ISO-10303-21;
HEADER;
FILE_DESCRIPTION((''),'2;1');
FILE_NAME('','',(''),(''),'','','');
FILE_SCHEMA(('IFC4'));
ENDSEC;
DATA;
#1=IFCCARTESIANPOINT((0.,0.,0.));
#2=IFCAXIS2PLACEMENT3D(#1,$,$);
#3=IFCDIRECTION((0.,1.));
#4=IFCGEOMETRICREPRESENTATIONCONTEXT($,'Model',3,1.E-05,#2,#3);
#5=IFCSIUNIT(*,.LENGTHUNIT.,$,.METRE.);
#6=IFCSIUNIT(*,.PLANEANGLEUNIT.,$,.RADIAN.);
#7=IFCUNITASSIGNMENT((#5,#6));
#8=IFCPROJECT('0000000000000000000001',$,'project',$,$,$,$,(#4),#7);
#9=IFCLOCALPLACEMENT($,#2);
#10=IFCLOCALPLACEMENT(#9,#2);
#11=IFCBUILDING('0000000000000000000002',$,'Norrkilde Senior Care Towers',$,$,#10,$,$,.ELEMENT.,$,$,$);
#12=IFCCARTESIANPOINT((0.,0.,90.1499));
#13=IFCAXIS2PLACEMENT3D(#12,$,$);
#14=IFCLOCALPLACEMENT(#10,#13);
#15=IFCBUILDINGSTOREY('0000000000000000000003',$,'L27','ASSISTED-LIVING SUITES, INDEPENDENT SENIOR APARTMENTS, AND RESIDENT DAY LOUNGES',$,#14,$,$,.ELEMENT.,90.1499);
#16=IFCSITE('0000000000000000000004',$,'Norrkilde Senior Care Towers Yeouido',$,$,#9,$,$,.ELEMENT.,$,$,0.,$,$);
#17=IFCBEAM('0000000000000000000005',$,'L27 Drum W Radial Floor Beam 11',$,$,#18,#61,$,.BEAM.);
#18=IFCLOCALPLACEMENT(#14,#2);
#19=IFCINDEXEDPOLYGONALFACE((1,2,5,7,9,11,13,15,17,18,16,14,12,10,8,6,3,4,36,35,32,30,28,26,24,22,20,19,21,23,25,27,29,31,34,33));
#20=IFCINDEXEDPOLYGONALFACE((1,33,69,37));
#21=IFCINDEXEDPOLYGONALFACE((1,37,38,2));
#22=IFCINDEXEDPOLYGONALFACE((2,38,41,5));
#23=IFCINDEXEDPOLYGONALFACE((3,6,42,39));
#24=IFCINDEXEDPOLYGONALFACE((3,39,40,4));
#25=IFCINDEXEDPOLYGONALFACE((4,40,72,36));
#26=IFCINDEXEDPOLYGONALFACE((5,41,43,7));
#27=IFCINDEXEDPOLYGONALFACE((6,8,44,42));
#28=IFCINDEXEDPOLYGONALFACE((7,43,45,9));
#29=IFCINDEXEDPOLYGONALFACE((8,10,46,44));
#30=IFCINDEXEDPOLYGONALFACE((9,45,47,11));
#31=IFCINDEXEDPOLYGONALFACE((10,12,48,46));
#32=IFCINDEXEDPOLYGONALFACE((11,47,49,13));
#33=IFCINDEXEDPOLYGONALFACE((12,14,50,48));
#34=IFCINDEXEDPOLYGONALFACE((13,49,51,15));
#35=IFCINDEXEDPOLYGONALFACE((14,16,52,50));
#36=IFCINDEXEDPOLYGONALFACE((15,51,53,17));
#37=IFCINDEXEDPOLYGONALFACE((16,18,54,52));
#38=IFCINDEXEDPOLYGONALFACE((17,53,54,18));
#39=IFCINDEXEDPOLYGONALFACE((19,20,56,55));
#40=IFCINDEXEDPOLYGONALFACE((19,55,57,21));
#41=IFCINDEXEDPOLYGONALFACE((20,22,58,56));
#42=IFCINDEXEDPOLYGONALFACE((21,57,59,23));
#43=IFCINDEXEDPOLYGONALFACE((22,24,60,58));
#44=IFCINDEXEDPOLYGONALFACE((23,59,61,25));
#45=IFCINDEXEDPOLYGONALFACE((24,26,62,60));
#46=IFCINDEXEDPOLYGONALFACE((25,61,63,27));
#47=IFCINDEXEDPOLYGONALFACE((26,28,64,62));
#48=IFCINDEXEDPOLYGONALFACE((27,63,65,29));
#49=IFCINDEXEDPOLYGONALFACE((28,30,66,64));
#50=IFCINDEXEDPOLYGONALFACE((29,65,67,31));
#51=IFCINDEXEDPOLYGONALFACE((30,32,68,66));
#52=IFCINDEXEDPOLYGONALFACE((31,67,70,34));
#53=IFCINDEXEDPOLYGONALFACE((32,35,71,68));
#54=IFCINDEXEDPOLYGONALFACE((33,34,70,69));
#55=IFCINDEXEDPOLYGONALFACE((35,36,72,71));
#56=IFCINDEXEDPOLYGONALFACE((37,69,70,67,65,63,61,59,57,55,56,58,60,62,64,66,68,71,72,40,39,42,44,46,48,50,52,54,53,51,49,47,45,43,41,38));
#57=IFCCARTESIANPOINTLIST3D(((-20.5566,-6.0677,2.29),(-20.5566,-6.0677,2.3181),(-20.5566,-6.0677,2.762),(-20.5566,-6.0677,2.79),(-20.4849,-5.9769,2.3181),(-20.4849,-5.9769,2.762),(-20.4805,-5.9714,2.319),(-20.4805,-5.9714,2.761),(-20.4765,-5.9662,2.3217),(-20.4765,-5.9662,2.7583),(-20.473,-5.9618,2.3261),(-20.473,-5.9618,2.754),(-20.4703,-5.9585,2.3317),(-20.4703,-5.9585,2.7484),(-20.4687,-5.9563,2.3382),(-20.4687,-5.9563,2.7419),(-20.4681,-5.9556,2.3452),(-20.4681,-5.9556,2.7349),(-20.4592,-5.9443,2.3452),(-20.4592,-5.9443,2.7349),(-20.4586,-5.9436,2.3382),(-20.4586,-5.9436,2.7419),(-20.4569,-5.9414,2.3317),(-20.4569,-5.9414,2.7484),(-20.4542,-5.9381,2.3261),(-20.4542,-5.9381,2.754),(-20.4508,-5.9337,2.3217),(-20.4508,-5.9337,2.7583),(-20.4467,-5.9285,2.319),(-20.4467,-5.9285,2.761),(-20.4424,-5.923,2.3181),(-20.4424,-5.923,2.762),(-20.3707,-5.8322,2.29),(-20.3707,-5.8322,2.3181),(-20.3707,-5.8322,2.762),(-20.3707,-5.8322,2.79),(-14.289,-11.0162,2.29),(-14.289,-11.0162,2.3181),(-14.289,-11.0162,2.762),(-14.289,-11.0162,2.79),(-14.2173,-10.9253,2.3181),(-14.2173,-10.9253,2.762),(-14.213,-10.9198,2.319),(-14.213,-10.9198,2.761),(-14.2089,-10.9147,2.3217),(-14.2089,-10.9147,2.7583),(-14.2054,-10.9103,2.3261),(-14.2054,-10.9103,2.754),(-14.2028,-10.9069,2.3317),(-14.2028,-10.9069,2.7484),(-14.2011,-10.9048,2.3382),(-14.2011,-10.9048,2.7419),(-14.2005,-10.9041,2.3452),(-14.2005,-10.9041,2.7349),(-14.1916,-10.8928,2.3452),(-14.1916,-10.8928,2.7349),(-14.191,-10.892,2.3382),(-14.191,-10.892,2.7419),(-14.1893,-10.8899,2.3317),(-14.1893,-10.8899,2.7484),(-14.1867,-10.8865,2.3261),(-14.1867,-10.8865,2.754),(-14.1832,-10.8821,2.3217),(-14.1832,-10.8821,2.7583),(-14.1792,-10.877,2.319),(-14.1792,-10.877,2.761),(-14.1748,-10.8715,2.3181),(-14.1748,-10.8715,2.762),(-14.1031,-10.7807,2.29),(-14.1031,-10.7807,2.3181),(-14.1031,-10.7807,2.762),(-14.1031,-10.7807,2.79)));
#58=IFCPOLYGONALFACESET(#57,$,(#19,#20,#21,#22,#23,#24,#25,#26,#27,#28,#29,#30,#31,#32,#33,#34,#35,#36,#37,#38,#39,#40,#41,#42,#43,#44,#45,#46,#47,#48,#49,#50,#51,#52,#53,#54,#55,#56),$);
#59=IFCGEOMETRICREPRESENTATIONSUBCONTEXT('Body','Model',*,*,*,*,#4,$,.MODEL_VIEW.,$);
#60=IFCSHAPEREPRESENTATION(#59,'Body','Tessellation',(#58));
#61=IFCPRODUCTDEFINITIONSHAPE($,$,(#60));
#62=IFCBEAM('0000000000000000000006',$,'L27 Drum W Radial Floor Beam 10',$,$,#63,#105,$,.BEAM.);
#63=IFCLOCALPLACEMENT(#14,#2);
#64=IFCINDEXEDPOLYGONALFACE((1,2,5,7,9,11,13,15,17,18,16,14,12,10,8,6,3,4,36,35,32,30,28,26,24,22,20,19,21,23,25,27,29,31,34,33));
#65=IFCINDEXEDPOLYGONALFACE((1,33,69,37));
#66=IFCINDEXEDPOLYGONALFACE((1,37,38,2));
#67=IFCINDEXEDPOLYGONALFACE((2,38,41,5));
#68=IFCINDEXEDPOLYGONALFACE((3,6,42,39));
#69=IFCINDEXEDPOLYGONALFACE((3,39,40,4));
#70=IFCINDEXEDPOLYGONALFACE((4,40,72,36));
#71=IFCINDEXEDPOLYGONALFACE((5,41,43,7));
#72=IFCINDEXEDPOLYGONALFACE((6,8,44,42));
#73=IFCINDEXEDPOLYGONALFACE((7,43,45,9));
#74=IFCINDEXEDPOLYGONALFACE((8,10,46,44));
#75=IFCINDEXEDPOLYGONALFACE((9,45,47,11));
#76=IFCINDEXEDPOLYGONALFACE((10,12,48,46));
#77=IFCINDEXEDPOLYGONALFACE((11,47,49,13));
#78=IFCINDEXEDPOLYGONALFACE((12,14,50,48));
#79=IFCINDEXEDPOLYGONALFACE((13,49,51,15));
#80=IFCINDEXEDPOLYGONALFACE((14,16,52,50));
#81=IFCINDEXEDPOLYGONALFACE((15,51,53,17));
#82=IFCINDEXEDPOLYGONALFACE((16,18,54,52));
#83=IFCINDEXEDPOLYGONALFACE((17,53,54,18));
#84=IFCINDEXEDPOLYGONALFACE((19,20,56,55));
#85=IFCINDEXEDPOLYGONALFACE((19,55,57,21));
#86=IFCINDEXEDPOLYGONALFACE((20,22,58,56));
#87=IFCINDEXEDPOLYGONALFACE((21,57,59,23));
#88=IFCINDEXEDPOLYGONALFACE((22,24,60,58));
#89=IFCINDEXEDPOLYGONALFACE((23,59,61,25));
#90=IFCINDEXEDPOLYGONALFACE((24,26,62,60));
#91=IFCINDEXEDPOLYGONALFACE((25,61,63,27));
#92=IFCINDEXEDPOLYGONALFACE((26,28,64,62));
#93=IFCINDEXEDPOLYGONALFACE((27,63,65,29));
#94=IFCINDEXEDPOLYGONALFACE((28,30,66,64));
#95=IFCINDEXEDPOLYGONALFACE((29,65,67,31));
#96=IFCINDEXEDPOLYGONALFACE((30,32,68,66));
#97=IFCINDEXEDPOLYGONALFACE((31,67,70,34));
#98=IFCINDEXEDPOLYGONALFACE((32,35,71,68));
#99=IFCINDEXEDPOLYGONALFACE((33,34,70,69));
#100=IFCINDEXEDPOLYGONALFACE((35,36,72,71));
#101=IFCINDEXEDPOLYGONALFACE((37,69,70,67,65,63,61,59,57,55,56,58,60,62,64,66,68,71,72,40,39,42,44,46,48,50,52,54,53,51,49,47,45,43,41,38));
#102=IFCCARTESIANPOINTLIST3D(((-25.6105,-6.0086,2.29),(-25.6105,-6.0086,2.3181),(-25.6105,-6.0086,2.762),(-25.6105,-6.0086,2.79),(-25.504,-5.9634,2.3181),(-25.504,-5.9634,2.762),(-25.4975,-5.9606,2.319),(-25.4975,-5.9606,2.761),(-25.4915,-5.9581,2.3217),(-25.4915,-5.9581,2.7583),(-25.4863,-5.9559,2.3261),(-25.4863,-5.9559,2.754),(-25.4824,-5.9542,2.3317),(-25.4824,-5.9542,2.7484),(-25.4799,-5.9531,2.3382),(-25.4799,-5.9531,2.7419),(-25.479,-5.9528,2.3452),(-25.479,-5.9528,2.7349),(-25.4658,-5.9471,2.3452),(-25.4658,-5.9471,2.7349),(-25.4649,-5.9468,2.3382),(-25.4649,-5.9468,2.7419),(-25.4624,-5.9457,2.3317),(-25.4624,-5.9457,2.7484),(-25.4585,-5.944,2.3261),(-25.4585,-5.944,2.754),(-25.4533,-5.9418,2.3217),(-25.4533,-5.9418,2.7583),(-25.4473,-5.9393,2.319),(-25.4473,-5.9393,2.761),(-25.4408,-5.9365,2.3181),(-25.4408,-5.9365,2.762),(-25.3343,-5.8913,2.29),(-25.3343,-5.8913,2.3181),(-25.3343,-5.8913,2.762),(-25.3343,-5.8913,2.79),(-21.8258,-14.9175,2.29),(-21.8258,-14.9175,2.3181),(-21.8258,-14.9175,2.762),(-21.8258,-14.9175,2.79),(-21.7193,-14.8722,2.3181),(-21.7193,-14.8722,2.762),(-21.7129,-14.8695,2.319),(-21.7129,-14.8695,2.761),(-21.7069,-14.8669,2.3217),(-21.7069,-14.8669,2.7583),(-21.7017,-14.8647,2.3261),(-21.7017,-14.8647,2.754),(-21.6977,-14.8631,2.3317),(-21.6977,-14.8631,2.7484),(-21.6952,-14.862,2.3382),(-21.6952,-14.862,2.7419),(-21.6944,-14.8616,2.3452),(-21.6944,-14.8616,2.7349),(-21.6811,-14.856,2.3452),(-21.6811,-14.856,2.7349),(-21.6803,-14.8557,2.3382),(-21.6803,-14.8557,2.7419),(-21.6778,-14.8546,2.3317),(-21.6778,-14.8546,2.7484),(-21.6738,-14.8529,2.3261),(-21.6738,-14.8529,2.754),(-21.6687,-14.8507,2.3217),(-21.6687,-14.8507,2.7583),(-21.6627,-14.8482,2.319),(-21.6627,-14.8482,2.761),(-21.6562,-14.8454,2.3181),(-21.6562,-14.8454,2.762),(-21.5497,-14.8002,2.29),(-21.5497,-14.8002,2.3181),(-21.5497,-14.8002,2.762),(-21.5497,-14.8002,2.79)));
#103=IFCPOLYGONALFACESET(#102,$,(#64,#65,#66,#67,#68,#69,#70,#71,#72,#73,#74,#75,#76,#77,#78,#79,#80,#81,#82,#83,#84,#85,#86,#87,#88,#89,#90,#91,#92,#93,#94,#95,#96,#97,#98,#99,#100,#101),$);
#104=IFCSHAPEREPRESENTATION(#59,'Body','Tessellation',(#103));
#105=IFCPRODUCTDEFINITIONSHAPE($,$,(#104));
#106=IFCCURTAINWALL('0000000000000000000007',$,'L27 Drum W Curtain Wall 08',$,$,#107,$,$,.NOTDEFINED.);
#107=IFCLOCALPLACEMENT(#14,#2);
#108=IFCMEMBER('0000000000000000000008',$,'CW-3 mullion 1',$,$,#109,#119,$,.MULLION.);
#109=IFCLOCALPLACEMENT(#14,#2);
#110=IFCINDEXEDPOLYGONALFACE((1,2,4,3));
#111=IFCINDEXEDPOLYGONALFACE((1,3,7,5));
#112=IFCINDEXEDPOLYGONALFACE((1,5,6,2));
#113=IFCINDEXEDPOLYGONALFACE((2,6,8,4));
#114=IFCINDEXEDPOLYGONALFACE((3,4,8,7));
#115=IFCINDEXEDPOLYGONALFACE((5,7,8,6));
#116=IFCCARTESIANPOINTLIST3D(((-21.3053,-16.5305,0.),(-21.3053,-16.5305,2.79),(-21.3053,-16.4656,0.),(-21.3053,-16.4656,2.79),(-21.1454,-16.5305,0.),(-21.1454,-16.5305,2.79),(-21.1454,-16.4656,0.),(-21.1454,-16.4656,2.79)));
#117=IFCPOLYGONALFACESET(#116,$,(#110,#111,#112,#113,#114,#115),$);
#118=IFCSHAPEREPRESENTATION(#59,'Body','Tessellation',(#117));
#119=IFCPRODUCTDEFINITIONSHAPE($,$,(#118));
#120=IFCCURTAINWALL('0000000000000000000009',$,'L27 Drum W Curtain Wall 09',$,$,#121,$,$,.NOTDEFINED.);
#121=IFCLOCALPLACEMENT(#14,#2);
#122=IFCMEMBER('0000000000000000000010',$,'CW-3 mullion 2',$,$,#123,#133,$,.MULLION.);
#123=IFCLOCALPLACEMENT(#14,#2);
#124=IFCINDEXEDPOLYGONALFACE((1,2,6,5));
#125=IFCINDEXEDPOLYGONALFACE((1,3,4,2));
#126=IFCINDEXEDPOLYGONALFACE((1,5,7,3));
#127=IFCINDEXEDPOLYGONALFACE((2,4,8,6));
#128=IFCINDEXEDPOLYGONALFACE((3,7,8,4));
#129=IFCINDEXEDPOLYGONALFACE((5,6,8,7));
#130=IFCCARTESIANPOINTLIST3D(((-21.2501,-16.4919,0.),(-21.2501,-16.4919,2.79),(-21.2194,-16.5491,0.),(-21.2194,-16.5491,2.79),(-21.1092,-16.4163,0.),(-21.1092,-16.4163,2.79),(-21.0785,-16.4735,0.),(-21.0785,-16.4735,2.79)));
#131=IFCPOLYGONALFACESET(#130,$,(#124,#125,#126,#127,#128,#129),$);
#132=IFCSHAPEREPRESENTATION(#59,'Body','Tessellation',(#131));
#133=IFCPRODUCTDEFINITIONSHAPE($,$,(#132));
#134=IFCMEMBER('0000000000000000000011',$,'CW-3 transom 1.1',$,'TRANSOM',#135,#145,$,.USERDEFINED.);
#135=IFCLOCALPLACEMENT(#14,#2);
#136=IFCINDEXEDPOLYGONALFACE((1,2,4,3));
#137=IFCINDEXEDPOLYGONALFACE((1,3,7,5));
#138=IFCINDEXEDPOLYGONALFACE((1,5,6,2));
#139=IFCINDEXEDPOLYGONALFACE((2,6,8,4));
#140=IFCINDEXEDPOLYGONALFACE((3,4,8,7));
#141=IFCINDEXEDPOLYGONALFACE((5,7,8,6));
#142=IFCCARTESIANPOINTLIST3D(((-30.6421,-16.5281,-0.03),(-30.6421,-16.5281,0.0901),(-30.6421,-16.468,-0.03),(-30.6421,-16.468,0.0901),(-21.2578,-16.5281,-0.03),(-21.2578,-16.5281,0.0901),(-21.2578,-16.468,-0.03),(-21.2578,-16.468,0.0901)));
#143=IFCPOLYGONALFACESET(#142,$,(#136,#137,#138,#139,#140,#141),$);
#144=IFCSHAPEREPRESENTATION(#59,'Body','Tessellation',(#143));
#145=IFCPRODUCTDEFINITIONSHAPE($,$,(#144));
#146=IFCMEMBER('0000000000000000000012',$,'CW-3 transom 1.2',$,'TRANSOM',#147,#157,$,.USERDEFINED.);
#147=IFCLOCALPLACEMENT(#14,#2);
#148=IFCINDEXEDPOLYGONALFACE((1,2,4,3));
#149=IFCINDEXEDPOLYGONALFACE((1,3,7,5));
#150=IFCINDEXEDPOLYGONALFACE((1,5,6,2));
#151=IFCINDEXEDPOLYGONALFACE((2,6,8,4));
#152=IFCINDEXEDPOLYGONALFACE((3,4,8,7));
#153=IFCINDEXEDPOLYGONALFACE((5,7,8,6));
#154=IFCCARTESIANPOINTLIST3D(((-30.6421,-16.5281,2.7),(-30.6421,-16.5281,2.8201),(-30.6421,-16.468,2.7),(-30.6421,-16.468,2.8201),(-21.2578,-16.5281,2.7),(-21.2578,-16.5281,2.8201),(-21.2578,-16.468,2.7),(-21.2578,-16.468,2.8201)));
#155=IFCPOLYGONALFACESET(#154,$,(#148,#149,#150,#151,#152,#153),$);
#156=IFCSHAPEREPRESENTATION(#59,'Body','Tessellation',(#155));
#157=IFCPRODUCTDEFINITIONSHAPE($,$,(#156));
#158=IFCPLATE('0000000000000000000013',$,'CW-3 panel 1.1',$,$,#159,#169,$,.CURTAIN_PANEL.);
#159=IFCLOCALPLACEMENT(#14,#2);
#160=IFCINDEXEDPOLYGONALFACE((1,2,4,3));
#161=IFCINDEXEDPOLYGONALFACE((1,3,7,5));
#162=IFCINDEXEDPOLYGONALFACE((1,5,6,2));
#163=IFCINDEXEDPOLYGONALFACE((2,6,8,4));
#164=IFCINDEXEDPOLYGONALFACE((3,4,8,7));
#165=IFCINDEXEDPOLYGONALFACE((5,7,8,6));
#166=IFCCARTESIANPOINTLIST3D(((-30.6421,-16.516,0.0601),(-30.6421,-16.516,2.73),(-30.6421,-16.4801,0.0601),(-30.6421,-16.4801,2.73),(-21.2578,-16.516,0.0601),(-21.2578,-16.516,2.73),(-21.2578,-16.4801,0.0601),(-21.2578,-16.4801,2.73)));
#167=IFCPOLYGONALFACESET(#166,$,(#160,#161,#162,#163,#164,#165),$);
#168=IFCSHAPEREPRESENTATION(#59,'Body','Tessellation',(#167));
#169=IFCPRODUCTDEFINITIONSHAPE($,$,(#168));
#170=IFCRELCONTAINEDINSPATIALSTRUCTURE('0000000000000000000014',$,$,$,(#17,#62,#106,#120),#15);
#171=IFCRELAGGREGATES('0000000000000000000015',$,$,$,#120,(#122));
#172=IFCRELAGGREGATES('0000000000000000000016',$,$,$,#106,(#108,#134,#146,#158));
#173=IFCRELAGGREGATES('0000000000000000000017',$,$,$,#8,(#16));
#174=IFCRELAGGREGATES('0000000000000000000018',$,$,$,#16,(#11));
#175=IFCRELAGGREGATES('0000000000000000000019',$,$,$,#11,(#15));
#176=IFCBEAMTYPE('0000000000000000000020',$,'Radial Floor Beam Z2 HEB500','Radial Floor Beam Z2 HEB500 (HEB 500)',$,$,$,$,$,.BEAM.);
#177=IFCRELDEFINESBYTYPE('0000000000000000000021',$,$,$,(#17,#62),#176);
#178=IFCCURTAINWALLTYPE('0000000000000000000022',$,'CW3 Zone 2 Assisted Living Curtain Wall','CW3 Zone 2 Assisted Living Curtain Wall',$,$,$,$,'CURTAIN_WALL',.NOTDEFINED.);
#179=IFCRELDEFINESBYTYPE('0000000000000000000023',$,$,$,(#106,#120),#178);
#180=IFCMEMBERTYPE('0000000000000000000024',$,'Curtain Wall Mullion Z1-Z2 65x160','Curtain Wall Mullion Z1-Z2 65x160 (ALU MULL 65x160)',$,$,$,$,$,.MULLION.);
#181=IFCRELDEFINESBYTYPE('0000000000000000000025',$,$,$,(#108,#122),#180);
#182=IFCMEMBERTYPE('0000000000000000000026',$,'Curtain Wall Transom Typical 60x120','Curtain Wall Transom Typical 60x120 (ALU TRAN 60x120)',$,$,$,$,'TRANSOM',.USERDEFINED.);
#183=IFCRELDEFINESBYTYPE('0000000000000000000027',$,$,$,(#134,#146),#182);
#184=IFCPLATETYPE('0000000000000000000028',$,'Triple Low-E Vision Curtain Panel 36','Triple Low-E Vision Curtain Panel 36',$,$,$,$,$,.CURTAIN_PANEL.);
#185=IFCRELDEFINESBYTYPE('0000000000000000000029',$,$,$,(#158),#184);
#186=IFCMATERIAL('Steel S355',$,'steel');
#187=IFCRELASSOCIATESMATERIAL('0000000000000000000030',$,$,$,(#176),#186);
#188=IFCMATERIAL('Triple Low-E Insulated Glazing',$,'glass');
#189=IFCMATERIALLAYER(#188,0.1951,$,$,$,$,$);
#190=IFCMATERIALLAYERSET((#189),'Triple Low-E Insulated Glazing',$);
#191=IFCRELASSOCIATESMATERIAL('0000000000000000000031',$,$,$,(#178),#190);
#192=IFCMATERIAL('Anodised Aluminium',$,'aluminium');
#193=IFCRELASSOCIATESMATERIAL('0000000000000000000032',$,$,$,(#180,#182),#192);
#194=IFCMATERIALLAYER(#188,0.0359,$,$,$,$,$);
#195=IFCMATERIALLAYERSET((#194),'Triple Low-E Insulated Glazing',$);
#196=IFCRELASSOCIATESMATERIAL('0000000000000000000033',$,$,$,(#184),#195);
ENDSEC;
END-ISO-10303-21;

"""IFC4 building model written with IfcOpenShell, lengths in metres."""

from ifc_helpers import new_model, si_unit, direction, frame, origin, origin_2d, place, context, subcontext, project, spatial, rectangle, i_section, extrude, source, transform, mapped, material, layer, layer_set, material_profile, profile_set, type_object, type_shapes, element, aggregate, save


model = new_model("IFC4")

# Units and contexts
model_context = context("Model", 3, precision=1e-05, world=origin(), true_north=direction((0.0, 1.0)))
body_context = subcontext(model_context, "Body", "Model", "MODEL_VIEW")
ifc_project = project(units=[si_unit("LENGTHUNIT", "METRE"), si_unit("PLANEANGLEUNIT", "RADIAN")], contexts=[model_context])

# Site, building, storey
site_placement = place(None, origin())
site = spatial("IfcSite", under=ifc_project, at=site_placement, Name="Norrkilde Senior Care Towers Yeouido", CompositionType="ELEMENT", RefElevation=0.0)
building_placement = place(site_placement, origin())
building = spatial("IfcBuilding", under=site, at=building_placement, Name="Norrkilde Senior Care Towers", CompositionType="ELEMENT")
storey_placement = place(building_placement, frame((0.0, 0.0, 90.1499)))
storey = spatial("IfcBuildingStorey", under=building, at=storey_placement, Name="L27", Description="ASSISTED-LIVING SUITES, INDEPENDENT SENIOR APARTMENTS, AND RESIDENT DAY LOUNGES", CompositionType="ELEMENT", Elevation=90.1499)

# Beams
ifc_material_1 = material(Name="Steel S355", Category="steel")
ifc_material_profile_1 = material_profile(ifc_material_1, i_section(OverallWidth=0.3, OverallDepth=0.5, WebThickness=0.0144, FlangeThickness=0.0281, FilletRadius=0.0271, at=origin_2d()), Name="HEB 500")
ifc_profile_set_1 = profile_set([ifc_material_profile_1], Name="Steel S355")
beam_type_1 = type_object("IfcBeamType", Name="Radial Floor Beam Z2 HEB500", Description="Radial Floor Beam Z2 HEB500 (HEB 500)", PredefinedType="BEAM", material=ifc_profile_set_1)
shared_shape_1 = source(origin(), body_context, "Body", "SweptSolid", [
    extrude(i_section(OverallWidth=0.3, OverallDepth=0.5, WebThickness=0.0144, FlangeThickness=0.0281, FilletRadius=0.0271, at=origin_2d()), origin(), (0.0, 0.0, 1.0), 7.9856),
])
beam_1_placement = place(storey_placement, frame((-20.4636, -5.95, 2.54), z_axis=(0.784859, -0.619675, 0.0), x_axis=(0.619675, 0.784859, 0.0)))
element("IfcBeam", 1, at=beam_1_placement, inside=storey, type_object=beam_type_1, Name="L27 Drum W Radial Floor Beam 11", PredefinedType="BEAM", context=body_context, shape_type="MappedRepresentation", body=[
    mapped(shared_shape_1, transform((0.0, 0.0, 0.0), x_axis=(1.0, 0.0, 0.0), y_axis=(0.0, 1.0, 0.0), z_axis=(0.0, 0.0, 1.0), scale=1.0)),
])
shared_shape_2 = source(origin(), body_context, "Body", "SweptSolid", [
    extrude(i_section(OverallWidth=0.3, OverallDepth=0.5, WebThickness=0.0144, FlangeThickness=0.0281, FilletRadius=0.0271, at=origin_2d()), origin(), (0.0, 0.0, 1.0), 9.6794),
])
beam_2_placement = place(storey_placement, frame((-25.4724, -5.95, 2.54), z_axis=(0.390998, -0.920392, 0.0), x_axis=(0.920392, 0.390998, 0.0)))
element("IfcBeam", 2, at=beam_2_placement, inside=storey, type_object=beam_type_1, Name="L27 Drum W Radial Floor Beam 10", PredefinedType="BEAM", context=body_context, shape_type="MappedRepresentation", body=[
    mapped(shared_shape_2, transform((0.0, 0.0, 0.0), x_axis=(1.0, 0.0, 0.0), y_axis=(0.0, 1.0, 0.0), z_axis=(0.0, 0.0, 1.0), scale=1.0)),
])

# Curtain walls, members
ifc_material_2 = material(Name="Triple Low-E Insulated Glazing", Category="glass")
ifc_layer_1 = layer(ifc_material_2, 0.1951)
ifc_layer_set_1 = layer_set([ifc_layer_1], Name="Triple Low-E Insulated Glazing")
curtain_wall_type = type_object("IfcCurtainWallType", Name="CW3 Zone 2 Assisted Living Curtain Wall", Description="CW3 Zone 2 Assisted Living Curtain Wall", ElementType="CURTAIN_WALL", PredefinedType="NOTDEFINED", material=ifc_layer_set_1)
curtain_wall_1_placement = place(storey_placement, origin())
curtain_wall_1 = element("IfcCurtainWall", 3, at=curtain_wall_1_placement, inside=storey, type_object=curtain_wall_type, Name="L27 Drum W Curtain Wall 08", PredefinedType="NOTDEFINED")
ifc_material_3 = material(Name="Anodised Aluminium", Category="aluminium")
ifc_material_profile_2 = material_profile(ifc_material_3, rectangle(XDim=0.0649, YDim=0.1599, at=origin_2d()), Name="ALU MULL 65x160")
ifc_profile_set_2 = profile_set([ifc_material_profile_2], Name="Anodised Aluminium")
member_type_1 = type_object("IfcMemberType", Name="Curtain Wall Mullion Z1-Z2 65x160", Description="Curtain Wall Mullion Z1-Z2 65x160 (ALU MULL 65x160)", PredefinedType="MULLION", material=ifc_profile_set_2)
shared_shape_3 = source(origin(), body_context, "Body", "SweptSolid", [
    extrude(rectangle(XDim=0.0649, YDim=0.1599, at=origin_2d()), origin(), (0.0, 0.0, 1.0), 2.79),
])
type_shapes(member_type_1, [shared_shape_3])
member_1_placement = place(storey_placement, frame((-21.2253, -16.498, 0.0), z_axis=(0.0, 0.0, 1.0), x_axis=(0.0, -1.0, 0.0)))
member_1 = element("IfcMember", 4, at=member_1_placement, type_object=member_type_1, Name="CW-3 mullion 1", PredefinedType="MULLION", context=body_context, shape_type="MappedRepresentation", body=[
    mapped(shared_shape_3, transform((0.0, 0.0, 0.0), x_axis=(1.0, 0.0, 0.0), y_axis=(0.0, 1.0, 0.0), z_axis=(0.0, 0.0, 1.0), scale=1.0)),
])
curtain_wall_2_placement = place(storey_placement, origin())
curtain_wall_2 = element("IfcCurtainWall", 5, at=curtain_wall_2_placement, inside=storey, type_object=curtain_wall_type, Name="L27 Drum W Curtain Wall 09", PredefinedType="NOTDEFINED")
member_2_placement = place(storey_placement, frame((-21.1643, -16.4827, 0.0), z_axis=(0.0, 0.0, 1.0), x_axis=(0.472769, -0.881186, 0.0)))
member_2 = element("IfcMember", 6, at=member_2_placement, type_object=member_type_1, Name="CW-3 mullion 2", PredefinedType="MULLION", context=body_context, shape_type="MappedRepresentation", body=[
    mapped(shared_shape_3, transform((0.0, 0.0, 0.0), x_axis=(1.0, 0.0, 0.0), y_axis=(0.0, 1.0, 0.0), z_axis=(0.0, 0.0, 1.0), scale=1.0)),
])
aggregate(curtain_wall_2, [member_2])

# Members
ifc_material_profile_3 = material_profile(ifc_material_3, rectangle(XDim=0.0601, YDim=0.1201, at=origin_2d()), Name="ALU TRAN 60x120")
ifc_profile_set_3 = profile_set([ifc_material_profile_3], Name="Anodised Aluminium")
member_type_2 = type_object("IfcMemberType", Name="Curtain Wall Transom Typical 60x120", Description="Curtain Wall Transom Typical 60x120 (ALU TRAN 60x120)", ElementType="TRANSOM", PredefinedType="USERDEFINED", material=ifc_profile_set_3)
shared_shape_4 = source(origin(), body_context, "Body", "SweptSolid", [
    extrude(rectangle(XDim=0.0601, YDim=0.1201, at=origin_2d()), origin(), (0.0, 0.0, 1.0), 9.3843),
])
type_shapes(member_type_2, [shared_shape_4])
member_3_placement = place(storey_placement, frame((-21.2578, -16.498, 0.03), z_axis=(-1.0, 0.0, 0.0), x_axis=(0.0, -1.0, 0.0)))
member_3 = element("IfcMember", 7, at=member_3_placement, type_object=member_type_2, Name="CW-3 transom 1.1", ObjectType="TRANSOM", PredefinedType="USERDEFINED", context=body_context, shape_type="MappedRepresentation", body=[
    mapped(shared_shape_4, transform((0.0, 0.0, 0.0), x_axis=(1.0, 0.0, 0.0), y_axis=(0.0, 1.0, 0.0), z_axis=(0.0, 0.0, 1.0), scale=1.0)),
])
member_4_placement = place(storey_placement, frame((-21.2578, -16.498, 2.76), z_axis=(-1.0, 0.0, 0.0), x_axis=(0.0, -1.0, 0.0)))
member_4 = element("IfcMember", 8, at=member_4_placement, type_object=member_type_2, Name="CW-3 transom 1.2", ObjectType="TRANSOM", PredefinedType="USERDEFINED", context=body_context, shape_type="MappedRepresentation", body=[
    mapped(shared_shape_4, transform((0.0, 0.0, 0.0), x_axis=(1.0, 0.0, 0.0), y_axis=(0.0, 1.0, 0.0), z_axis=(0.0, 0.0, 1.0), scale=1.0)),
])

# Plate
ifc_layer_2 = layer(ifc_material_2, 0.0359)
ifc_layer_set_2 = layer_set([ifc_layer_2], Name="Triple Low-E Insulated Glazing")
plate_type = type_object("IfcPlateType", Name="Triple Low-E Vision Curtain Panel 36", Description="Triple Low-E Vision Curtain Panel 36", PredefinedType="CURTAIN_PANEL", material=ifc_layer_set_2)
shared_shape_5 = source(origin(), body_context, "Body", "SweptSolid", [
    extrude(rectangle(XDim=9.3843, YDim=0.0359, at=origin_2d()), origin(), (0.0, 0.0, 1.0), 2.6699),
])
type_shapes(plate_type, [shared_shape_5])
plate_placement = place(storey_placement, frame((-25.95, -16.498, 0.0601), z_axis=(0.0, 0.0, 1.0), x_axis=(-1.0, 0.0, 0.0)))
plate = element("IfcPlate", 9, at=plate_placement, type_object=plate_type, Name="CW-3 panel 1.1", PredefinedType="CURTAIN_PANEL", context=body_context, shape_type="MappedRepresentation", body=[
    mapped(shared_shape_5, transform((0.0, 0.0, 0.0), x_axis=(1.0, 0.0, 0.0), y_axis=(0.0, 1.0, 0.0), z_axis=(0.0, 0.0, 1.0), scale=1.0)),
])
aggregate(curtain_wall_1, [member_1, member_3, member_4, plate])

save(model, "model.ifc")
